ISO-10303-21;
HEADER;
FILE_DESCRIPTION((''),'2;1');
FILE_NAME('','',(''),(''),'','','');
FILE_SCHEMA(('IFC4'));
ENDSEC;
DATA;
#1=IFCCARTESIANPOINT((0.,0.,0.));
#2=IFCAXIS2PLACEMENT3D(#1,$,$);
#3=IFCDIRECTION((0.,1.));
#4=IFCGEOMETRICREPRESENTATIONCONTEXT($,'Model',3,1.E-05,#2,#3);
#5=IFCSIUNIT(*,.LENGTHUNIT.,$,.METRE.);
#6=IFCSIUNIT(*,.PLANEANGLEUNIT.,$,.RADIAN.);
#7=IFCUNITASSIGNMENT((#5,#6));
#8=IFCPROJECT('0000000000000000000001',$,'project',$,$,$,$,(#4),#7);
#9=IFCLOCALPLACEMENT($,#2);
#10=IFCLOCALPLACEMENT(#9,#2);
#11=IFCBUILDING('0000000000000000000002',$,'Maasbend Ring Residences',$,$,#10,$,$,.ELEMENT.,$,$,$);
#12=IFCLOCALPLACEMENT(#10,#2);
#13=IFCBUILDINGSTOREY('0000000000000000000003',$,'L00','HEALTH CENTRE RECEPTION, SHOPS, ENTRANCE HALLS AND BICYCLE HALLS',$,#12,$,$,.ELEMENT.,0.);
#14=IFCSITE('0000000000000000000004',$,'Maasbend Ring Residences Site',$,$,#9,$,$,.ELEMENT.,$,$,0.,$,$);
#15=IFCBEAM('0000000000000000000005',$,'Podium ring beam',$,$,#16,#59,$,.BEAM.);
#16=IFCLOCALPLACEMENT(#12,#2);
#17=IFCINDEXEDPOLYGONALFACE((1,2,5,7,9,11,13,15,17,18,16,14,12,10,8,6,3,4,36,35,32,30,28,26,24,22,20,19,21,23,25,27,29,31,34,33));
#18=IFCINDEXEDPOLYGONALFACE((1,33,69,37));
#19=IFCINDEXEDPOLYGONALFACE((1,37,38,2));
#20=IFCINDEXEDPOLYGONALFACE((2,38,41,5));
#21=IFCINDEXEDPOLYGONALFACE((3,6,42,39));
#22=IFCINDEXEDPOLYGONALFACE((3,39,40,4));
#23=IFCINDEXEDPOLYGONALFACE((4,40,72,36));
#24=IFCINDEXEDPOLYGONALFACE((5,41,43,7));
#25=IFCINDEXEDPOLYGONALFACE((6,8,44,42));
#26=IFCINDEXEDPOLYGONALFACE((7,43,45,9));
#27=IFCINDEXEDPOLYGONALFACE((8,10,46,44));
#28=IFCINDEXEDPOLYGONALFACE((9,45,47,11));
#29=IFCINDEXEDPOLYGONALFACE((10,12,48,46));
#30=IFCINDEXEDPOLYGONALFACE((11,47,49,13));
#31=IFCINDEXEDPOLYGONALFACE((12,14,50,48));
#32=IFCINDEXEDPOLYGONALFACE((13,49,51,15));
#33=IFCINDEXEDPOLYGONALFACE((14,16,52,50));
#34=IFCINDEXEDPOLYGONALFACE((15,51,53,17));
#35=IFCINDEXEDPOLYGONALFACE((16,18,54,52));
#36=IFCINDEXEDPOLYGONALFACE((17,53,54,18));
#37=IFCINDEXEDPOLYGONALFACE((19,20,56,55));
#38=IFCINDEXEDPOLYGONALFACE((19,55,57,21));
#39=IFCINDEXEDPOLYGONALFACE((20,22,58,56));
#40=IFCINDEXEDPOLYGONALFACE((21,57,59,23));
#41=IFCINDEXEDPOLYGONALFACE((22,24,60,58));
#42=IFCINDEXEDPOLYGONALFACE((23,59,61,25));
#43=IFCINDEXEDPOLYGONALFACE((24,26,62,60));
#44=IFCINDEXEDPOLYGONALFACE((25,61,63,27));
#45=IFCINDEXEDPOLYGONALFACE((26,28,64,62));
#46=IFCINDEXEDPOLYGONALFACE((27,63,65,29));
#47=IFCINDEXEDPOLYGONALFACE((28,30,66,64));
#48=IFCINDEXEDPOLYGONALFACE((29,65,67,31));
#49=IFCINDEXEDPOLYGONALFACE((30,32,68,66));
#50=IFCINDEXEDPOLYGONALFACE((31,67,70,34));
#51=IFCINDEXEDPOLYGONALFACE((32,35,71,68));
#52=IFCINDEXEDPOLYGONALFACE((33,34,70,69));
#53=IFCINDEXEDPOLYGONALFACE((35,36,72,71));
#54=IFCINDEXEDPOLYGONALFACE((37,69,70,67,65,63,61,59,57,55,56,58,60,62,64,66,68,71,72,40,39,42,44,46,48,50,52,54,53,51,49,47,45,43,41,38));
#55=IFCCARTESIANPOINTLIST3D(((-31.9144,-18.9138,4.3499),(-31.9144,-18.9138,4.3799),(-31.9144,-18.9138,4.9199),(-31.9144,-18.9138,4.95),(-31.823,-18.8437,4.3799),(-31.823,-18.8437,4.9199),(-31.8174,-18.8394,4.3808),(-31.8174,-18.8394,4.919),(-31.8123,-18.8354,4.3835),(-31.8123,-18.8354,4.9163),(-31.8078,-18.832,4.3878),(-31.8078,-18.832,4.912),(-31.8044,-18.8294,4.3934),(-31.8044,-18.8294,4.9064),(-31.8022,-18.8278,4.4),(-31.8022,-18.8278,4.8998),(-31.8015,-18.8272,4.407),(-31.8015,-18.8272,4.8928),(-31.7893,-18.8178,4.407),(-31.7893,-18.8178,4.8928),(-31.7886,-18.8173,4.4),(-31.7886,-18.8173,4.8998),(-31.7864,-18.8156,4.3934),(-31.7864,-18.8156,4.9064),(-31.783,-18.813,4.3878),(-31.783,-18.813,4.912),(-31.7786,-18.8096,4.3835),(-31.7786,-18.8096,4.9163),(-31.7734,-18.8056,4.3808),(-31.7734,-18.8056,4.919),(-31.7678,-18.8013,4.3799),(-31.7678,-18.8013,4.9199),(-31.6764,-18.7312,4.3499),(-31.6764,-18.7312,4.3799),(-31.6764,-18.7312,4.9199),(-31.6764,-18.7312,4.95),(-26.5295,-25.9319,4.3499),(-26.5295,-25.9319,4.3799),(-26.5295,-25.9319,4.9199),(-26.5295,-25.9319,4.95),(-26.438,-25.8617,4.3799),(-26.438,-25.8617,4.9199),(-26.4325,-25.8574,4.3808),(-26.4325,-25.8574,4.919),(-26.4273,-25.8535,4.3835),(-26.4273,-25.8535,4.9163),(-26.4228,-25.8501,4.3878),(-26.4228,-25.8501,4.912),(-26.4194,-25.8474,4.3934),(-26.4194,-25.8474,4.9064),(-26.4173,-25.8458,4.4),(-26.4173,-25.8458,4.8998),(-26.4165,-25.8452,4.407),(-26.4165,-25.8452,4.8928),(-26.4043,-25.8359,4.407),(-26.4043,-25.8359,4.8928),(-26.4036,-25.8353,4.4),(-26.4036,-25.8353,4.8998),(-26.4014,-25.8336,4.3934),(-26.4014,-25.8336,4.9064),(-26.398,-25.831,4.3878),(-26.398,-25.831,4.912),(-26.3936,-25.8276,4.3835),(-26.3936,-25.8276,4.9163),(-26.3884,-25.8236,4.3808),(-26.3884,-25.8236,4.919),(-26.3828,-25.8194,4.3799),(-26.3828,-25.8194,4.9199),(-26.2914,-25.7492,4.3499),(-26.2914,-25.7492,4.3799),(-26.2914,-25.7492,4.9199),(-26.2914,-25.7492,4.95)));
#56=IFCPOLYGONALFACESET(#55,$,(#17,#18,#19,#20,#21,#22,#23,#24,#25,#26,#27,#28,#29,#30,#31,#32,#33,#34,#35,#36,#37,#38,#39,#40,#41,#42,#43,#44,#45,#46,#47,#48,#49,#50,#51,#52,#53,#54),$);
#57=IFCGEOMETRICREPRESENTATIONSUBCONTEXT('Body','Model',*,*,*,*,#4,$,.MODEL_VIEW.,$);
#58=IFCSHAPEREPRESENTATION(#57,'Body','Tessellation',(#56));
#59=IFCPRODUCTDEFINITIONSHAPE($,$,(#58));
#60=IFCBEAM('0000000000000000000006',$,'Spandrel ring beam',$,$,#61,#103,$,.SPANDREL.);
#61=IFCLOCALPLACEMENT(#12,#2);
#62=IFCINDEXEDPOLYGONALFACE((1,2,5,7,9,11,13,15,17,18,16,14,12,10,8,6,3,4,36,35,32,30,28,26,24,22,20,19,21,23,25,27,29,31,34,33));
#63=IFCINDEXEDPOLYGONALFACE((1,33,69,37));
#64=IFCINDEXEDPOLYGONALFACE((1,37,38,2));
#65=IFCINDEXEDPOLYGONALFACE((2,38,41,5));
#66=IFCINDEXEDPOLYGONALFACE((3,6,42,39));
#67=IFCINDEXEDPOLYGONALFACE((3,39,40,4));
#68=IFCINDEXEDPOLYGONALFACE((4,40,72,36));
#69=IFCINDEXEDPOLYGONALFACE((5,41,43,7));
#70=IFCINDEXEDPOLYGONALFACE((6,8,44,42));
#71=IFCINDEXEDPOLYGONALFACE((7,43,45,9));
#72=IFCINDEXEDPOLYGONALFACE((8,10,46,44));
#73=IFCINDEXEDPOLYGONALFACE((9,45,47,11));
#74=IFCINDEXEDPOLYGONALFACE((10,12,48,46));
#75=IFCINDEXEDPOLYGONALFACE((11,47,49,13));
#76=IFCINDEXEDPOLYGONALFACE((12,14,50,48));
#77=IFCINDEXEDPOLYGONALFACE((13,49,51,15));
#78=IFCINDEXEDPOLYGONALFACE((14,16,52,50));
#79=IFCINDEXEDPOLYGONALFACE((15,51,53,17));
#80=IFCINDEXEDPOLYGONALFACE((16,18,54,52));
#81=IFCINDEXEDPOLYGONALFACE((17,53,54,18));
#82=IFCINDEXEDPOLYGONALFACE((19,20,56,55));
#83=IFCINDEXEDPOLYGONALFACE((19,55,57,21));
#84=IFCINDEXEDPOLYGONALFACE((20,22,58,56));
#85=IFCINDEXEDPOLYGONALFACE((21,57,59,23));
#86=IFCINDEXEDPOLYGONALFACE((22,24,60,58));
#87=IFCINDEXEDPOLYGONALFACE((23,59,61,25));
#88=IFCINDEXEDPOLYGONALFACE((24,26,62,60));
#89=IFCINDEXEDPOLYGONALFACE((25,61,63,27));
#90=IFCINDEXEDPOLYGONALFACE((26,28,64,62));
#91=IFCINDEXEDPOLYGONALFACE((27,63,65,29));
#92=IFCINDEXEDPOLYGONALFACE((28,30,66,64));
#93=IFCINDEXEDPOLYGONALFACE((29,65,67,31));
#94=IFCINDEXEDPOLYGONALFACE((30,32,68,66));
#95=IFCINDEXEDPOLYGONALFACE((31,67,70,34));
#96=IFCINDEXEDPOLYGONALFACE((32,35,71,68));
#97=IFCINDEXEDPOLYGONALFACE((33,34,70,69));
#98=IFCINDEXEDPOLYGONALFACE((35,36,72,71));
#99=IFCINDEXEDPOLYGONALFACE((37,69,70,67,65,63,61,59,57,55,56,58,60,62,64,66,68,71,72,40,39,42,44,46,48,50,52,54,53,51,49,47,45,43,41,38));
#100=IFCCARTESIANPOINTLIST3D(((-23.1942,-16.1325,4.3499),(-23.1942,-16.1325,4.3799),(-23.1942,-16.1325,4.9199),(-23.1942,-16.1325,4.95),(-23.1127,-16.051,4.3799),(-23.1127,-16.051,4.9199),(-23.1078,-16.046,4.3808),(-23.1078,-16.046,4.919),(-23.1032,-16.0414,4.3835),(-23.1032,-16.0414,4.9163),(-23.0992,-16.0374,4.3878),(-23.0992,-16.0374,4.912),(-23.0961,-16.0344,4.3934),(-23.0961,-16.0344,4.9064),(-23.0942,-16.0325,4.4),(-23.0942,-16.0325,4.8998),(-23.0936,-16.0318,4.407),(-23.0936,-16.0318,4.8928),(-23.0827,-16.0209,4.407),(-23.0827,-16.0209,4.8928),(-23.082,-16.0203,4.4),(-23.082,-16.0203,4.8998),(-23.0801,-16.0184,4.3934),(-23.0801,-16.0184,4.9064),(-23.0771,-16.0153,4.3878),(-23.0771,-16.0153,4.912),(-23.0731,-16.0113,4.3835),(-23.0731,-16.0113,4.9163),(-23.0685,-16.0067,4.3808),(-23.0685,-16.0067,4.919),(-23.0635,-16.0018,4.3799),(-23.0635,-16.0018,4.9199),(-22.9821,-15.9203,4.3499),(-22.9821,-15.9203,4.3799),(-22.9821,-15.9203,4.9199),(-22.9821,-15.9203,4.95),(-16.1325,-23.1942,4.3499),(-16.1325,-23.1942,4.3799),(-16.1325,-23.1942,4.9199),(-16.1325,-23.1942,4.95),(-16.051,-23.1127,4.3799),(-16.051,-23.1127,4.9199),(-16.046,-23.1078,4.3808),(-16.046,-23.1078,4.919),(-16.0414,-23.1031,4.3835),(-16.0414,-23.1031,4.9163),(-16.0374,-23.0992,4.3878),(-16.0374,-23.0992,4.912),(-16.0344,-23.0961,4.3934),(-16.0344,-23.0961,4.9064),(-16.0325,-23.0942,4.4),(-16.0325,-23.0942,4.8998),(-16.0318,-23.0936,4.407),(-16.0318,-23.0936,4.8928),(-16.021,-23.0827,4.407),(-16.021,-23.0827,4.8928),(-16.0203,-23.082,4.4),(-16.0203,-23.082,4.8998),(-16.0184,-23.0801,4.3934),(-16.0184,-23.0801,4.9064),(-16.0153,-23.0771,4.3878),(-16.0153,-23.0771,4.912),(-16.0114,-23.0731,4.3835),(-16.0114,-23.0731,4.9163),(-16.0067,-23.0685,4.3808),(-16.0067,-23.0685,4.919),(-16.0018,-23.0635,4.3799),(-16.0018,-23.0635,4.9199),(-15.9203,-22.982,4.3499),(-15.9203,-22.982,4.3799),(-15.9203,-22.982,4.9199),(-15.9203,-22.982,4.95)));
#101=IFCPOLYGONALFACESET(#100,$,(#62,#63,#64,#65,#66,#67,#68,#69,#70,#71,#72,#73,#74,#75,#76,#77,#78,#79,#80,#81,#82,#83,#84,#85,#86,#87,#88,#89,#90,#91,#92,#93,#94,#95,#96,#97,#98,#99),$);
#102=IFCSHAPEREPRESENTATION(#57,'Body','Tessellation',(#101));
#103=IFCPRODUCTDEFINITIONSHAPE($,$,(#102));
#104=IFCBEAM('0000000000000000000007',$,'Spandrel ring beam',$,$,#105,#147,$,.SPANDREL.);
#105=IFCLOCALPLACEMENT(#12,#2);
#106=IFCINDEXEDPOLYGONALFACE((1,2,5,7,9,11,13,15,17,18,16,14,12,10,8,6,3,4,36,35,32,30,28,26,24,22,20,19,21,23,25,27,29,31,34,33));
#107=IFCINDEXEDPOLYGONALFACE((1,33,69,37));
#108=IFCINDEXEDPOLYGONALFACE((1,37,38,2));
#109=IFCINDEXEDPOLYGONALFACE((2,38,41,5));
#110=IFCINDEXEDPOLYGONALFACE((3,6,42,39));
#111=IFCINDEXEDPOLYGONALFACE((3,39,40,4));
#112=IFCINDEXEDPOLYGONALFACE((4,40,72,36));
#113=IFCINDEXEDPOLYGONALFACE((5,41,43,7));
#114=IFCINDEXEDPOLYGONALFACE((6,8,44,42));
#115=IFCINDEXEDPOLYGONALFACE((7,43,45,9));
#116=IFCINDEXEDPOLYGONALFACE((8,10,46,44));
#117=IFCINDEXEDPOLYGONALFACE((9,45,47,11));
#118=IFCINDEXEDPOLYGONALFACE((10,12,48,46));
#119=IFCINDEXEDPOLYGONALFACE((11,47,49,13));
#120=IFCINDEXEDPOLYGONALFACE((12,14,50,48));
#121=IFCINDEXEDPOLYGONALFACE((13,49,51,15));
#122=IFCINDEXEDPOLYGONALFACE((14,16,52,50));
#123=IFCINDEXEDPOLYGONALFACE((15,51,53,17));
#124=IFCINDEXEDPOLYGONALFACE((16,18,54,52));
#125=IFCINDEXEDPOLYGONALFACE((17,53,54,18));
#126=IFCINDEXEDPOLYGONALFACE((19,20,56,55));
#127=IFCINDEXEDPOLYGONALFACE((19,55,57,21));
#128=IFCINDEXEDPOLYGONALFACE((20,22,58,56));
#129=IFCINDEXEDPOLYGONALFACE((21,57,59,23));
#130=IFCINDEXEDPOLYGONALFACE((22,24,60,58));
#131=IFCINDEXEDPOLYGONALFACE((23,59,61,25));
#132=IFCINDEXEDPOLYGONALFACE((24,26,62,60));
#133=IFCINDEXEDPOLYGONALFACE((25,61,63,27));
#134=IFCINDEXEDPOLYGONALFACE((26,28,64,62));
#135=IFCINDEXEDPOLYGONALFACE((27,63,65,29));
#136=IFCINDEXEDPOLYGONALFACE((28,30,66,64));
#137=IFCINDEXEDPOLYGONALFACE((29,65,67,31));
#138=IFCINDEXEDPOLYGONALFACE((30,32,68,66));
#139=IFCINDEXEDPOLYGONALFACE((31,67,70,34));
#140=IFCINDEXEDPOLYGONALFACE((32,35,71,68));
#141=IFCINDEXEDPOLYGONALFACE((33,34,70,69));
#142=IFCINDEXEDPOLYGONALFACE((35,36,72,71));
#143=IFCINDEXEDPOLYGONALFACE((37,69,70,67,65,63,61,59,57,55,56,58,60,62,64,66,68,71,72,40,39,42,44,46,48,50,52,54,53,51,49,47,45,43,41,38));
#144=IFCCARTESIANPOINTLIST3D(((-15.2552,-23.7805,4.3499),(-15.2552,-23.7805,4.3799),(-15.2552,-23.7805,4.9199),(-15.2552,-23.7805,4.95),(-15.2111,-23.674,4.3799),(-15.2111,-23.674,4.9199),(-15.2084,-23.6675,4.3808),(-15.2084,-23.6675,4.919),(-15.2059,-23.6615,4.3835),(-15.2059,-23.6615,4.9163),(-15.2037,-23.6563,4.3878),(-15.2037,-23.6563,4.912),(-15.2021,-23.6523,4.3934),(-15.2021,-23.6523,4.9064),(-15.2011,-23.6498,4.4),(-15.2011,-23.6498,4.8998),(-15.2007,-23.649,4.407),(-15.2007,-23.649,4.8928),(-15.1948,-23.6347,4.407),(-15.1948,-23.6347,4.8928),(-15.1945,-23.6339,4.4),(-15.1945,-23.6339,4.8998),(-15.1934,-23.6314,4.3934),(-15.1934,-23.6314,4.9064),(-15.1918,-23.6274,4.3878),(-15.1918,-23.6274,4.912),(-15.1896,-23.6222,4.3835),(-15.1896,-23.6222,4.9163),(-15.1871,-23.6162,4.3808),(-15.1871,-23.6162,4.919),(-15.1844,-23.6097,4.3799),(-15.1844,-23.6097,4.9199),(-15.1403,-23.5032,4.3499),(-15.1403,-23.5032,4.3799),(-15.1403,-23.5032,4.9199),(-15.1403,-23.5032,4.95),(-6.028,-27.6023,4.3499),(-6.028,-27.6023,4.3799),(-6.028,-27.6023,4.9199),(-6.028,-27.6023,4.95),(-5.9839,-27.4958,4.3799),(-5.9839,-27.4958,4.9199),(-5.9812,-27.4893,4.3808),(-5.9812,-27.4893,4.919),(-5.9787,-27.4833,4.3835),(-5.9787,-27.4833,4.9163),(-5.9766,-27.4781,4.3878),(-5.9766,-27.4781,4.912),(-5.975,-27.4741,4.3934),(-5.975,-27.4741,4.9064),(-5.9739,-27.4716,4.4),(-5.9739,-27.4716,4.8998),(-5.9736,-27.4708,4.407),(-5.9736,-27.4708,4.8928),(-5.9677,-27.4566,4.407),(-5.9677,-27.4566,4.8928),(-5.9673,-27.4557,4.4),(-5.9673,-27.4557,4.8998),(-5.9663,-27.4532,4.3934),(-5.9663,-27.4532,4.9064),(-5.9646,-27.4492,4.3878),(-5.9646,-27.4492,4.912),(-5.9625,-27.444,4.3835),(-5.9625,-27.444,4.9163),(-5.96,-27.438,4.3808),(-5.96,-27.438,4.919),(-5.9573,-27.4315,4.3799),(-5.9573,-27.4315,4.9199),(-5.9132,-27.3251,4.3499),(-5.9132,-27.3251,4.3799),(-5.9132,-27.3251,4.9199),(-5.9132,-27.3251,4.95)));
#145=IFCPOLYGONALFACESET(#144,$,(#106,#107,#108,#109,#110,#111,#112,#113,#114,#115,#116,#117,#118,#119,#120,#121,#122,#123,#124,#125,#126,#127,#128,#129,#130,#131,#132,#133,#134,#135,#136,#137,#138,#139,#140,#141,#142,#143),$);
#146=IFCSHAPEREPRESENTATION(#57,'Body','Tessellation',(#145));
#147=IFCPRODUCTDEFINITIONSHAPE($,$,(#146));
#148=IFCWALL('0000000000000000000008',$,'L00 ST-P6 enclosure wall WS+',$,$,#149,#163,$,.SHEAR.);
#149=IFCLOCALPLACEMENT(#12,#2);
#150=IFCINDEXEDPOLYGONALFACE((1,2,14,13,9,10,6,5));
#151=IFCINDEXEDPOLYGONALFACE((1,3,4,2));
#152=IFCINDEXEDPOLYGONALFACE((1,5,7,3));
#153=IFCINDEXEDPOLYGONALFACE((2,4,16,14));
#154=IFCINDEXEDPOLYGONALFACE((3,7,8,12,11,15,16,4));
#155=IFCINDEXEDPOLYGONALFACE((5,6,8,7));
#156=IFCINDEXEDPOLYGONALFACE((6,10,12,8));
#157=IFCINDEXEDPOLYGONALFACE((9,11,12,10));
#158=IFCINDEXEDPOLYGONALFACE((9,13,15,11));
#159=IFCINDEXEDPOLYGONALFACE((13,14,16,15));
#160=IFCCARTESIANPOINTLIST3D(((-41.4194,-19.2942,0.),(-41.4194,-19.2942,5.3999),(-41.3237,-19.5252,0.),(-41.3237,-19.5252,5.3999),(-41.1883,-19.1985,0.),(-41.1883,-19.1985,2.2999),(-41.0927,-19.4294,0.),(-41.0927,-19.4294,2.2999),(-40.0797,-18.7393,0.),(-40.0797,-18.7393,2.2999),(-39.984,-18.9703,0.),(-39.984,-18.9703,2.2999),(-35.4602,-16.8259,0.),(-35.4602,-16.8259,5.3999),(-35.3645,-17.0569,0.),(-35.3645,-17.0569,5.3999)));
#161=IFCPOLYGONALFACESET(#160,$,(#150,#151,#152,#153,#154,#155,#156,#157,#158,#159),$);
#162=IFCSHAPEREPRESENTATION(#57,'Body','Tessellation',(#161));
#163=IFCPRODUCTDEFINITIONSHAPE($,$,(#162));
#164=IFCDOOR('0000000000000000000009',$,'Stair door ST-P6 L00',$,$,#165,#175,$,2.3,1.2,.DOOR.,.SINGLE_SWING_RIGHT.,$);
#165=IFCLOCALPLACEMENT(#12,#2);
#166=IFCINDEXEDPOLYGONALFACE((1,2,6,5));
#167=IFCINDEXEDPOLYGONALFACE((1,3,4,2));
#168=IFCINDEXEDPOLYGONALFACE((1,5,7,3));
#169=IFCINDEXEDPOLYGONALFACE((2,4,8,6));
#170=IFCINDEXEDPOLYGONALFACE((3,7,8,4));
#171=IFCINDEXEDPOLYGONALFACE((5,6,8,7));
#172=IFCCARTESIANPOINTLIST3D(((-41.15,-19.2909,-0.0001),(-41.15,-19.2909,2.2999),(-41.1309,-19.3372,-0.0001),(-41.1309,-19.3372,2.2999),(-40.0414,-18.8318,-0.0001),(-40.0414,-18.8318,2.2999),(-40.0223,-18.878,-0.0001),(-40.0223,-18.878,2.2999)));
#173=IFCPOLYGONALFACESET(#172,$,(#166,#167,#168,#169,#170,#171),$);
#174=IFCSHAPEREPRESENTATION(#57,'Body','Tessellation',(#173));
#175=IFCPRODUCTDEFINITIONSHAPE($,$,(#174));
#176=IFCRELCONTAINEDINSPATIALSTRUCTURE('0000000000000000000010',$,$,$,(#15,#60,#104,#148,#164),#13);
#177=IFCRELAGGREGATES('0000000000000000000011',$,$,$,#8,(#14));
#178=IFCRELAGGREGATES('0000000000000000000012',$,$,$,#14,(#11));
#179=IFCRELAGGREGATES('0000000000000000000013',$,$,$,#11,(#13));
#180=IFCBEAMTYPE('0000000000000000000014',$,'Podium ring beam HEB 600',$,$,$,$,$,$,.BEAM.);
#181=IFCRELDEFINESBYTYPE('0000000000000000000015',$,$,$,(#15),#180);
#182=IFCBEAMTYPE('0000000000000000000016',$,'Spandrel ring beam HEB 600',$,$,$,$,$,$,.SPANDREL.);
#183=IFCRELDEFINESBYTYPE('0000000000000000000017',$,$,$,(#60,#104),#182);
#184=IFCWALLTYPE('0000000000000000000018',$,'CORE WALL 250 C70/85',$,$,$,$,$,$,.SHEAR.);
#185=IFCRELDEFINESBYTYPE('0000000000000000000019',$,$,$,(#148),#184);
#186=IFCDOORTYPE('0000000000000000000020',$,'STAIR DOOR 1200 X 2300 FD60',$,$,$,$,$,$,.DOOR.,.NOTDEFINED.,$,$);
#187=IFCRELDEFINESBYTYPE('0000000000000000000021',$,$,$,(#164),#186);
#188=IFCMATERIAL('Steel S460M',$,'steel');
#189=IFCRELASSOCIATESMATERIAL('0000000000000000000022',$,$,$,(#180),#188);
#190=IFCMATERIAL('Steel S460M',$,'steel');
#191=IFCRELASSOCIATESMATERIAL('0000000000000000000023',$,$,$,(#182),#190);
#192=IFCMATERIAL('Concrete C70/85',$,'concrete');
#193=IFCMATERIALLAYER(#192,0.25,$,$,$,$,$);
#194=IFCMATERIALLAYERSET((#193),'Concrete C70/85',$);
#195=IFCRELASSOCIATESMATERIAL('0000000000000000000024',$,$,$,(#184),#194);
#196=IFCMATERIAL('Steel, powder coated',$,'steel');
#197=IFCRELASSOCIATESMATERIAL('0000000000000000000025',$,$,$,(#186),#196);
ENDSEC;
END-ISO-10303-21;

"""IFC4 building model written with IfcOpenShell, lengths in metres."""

from ifc_helpers import new_model, si_unit, direction, frame, frame_2d, origin, origin_2d, place, context, subcontext, project, spatial, rectangle, i_section, extrude, material, layer, layer_set, material_profile, profile_set, type_object, element, fill, save


model = new_model("IFC4")

# Units and contexts
model_context = context("Model", 3, precision=1e-05, world=origin(), true_north=direction((0.0, 1.0)))
body_context = subcontext(model_context, "Body", "Model", "MODEL_VIEW")
ifc_project = project(units=[si_unit("LENGTHUNIT", "METRE"), si_unit("PLANEANGLEUNIT", "RADIAN")], contexts=[model_context])

# Site, building, storey
site_placement = place(None, origin())
site = spatial("IfcSite", under=ifc_project, at=site_placement, Name="Maasbend Ring Residences Site", CompositionType="ELEMENT", RefElevation=0.0)
building_placement = place(site_placement, origin())
building = spatial("IfcBuilding", under=site, at=building_placement, Name="Maasbend Ring Residences", CompositionType="ELEMENT")
storey_placement = place(building_placement, origin())
storey = spatial("IfcBuildingStorey", under=building, at=storey_placement, Name="L00", Description="HEALTH CENTRE RECEPTION, SHOPS, ENTRANCE HALLS AND BICYCLE HALLS", CompositionType="ELEMENT", Elevation=0.0)

# Beams
ifc_material_1 = material(Name="Steel S460M", Category="steel")
ifc_material_profile_1 = material_profile(ifc_material_1, i_section(OverallWidth=0.3, OverallDepth=0.6001, WebThickness=0.0154, FlangeThickness=0.03, FilletRadius=0.0271, at=origin_2d()), Name="HEB 600")
ifc_profile_set_1 = profile_set([ifc_material_profile_1], Name="Steel S460M")
beam_type_1 = type_object("IfcBeamType", Name="Podium ring beam HEB 600", PredefinedType="BEAM", material=ifc_profile_set_1)
beam_1_placement = place(storey_placement, frame((-31.7954, -18.8225, 4.6499), z_axis=(0.608751, -0.793361, 0.0), x_axis=(0.793361, 0.608751, 0.0)))
element("IfcBeam", 1, at=beam_1_placement, inside=storey, type_object=beam_type_1, Name="Podium ring beam", PredefinedType="BEAM", context=body_context, shape_type="SweptSolid", body=[
    extrude(i_section(OverallWidth=0.3, OverallDepth=0.6001, WebThickness=0.0154, FlangeThickness=0.03, FilletRadius=0.0271, at=origin_2d()), origin(), (0.0, 0.0, 1.0), 8.8459),
])
ifc_material_2 = material(Name="Steel S460M", Category="steel")
ifc_material_profile_2 = material_profile(ifc_material_2, i_section(OverallWidth=0.3, OverallDepth=0.6001, WebThickness=0.0154, FlangeThickness=0.03, FilletRadius=0.0271, at=origin_2d()), Name="HEB 600")
ifc_profile_set_2 = profile_set([ifc_material_profile_2], Name="Steel S460M")
beam_type_2 = type_object("IfcBeamType", Name="Spandrel ring beam HEB 600", PredefinedType="SPANDREL", material=ifc_profile_set_2)
beam_2_placement = place(storey_placement, frame((-23.0881, -16.0264, 4.6499), z_axis=(0.707107, -0.707107, 0.0), x_axis=(0.707107, 0.707107, 0.0)))
element("IfcBeam", 2, at=beam_2_placement, inside=storey, type_object=beam_type_2, Name="Spandrel ring beam", PredefinedType="SPANDREL", context=body_context, shape_type="SweptSolid", body=[
    extrude(i_section(OverallWidth=0.3, OverallDepth=0.6001, WebThickness=0.0154, FlangeThickness=0.03, FilletRadius=0.0271, at=origin_2d()), origin(), (0.0, 0.0, 1.0), 9.9868),
])
beam_3_placement = place(storey_placement, frame((-15.1978, -23.6418, 4.6499), z_axis=(0.923886, -0.382667, 0.0), x_axis=(0.382667, 0.923886, 0.0)))
element("IfcBeam", 3, at=beam_3_placement, inside=storey, type_object=beam_type_2, Name="Spandrel ring beam", PredefinedType="SPANDREL", context=body_context, shape_type="SweptSolid", body=[
    extrude(i_section(OverallWidth=0.3, OverallDepth=0.6001, WebThickness=0.0154, FlangeThickness=0.03, FilletRadius=0.0271, at=origin_2d()), origin(), (0.0, 0.0, 1.0), 9.9873),
])

# Wall, opening, door
ifc_material_3 = material(Name="Concrete C70/85", Category="concrete")
ifc_layer_1 = layer(ifc_material_3, 0.25)
ifc_layer_set_1 = layer_set([ifc_layer_1], Name="Concrete C70/85")
wall_type_1 = type_object("IfcWallType", Name="CORE WALL 250 C70/85", PredefinedType="SHEAR", material=ifc_layer_set_1)
wall_1_placement = place(storey_placement, frame((-41.3716, -19.4097, 0.0), z_axis=(0.0, 0.0, 1.0), x_axis=(0.923887, 0.382666, 0.0)))
wall_1 = element("IfcWall", 4, at=wall_1_placement, inside=storey, type_object=wall_type_1, Name="L00 ST-P6 enclosure wall WS+", PredefinedType="SHEAR", context=body_context, shape_type="SweptSolid", body=[
    extrude(rectangle(XDim=6.4502, YDim=0.25, at=frame_2d((3.2251, 0.0))), origin(), (0.0, 0.0, 1.0), 5.3999),
])
opening_1_placement = place(wall_1_placement, frame((0.25, 0.0, 0.0)))
opening_1 = element("IfcOpeningElement", 5, at=opening_1_placement, cuts=wall_1, PredefinedType="OPENING", context=body_context, shape_type="SweptSolid", body=[
    extrude(rectangle(XDim=1.2, YDim=2.3, at=frame_2d((0.6001, 1.1499))), frame((0.0, 0.135, 0.0), z_axis=(0.0, -1.0, 0.0), x_axis=(1.0, 0.0, 0.0)), (0.0, 0.0, 1.0), 0.27),
])
ifc_material_4 = material(Name="Steel, powder coated", Category="steel")
door_type_1 = type_object("IfcDoorType", Name="STAIR DOOR 1200 X 2300 FD60", OperationType="NOTDEFINED", PredefinedType="DOOR", material=ifc_material_4)
door_1_placement = place(opening_1_placement, origin())
door_1 = element("IfcDoor", 6, at=door_1_placement, inside=storey, type_object=door_type_1, Name="Stair door ST-P6 L00", OperationType="SINGLE_SWING_RIGHT", OverallHeight=2.3, OverallWidth=1.2, PredefinedType="DOOR", context=body_context, shape_type="SweptSolid", body=[
    extrude(rectangle(XDim=1.2, YDim=2.3, at=frame_2d((0.6001, 1.1499))), frame((0.0, 0.0249, 0.0), z_axis=(0.0, -1.0, 0.0), x_axis=(1.0, 0.0, 0.0)), (0.0, 0.0, 1.0), 0.05),
])
fill(opening_1, door_1)

save(model, "model.ifc")
